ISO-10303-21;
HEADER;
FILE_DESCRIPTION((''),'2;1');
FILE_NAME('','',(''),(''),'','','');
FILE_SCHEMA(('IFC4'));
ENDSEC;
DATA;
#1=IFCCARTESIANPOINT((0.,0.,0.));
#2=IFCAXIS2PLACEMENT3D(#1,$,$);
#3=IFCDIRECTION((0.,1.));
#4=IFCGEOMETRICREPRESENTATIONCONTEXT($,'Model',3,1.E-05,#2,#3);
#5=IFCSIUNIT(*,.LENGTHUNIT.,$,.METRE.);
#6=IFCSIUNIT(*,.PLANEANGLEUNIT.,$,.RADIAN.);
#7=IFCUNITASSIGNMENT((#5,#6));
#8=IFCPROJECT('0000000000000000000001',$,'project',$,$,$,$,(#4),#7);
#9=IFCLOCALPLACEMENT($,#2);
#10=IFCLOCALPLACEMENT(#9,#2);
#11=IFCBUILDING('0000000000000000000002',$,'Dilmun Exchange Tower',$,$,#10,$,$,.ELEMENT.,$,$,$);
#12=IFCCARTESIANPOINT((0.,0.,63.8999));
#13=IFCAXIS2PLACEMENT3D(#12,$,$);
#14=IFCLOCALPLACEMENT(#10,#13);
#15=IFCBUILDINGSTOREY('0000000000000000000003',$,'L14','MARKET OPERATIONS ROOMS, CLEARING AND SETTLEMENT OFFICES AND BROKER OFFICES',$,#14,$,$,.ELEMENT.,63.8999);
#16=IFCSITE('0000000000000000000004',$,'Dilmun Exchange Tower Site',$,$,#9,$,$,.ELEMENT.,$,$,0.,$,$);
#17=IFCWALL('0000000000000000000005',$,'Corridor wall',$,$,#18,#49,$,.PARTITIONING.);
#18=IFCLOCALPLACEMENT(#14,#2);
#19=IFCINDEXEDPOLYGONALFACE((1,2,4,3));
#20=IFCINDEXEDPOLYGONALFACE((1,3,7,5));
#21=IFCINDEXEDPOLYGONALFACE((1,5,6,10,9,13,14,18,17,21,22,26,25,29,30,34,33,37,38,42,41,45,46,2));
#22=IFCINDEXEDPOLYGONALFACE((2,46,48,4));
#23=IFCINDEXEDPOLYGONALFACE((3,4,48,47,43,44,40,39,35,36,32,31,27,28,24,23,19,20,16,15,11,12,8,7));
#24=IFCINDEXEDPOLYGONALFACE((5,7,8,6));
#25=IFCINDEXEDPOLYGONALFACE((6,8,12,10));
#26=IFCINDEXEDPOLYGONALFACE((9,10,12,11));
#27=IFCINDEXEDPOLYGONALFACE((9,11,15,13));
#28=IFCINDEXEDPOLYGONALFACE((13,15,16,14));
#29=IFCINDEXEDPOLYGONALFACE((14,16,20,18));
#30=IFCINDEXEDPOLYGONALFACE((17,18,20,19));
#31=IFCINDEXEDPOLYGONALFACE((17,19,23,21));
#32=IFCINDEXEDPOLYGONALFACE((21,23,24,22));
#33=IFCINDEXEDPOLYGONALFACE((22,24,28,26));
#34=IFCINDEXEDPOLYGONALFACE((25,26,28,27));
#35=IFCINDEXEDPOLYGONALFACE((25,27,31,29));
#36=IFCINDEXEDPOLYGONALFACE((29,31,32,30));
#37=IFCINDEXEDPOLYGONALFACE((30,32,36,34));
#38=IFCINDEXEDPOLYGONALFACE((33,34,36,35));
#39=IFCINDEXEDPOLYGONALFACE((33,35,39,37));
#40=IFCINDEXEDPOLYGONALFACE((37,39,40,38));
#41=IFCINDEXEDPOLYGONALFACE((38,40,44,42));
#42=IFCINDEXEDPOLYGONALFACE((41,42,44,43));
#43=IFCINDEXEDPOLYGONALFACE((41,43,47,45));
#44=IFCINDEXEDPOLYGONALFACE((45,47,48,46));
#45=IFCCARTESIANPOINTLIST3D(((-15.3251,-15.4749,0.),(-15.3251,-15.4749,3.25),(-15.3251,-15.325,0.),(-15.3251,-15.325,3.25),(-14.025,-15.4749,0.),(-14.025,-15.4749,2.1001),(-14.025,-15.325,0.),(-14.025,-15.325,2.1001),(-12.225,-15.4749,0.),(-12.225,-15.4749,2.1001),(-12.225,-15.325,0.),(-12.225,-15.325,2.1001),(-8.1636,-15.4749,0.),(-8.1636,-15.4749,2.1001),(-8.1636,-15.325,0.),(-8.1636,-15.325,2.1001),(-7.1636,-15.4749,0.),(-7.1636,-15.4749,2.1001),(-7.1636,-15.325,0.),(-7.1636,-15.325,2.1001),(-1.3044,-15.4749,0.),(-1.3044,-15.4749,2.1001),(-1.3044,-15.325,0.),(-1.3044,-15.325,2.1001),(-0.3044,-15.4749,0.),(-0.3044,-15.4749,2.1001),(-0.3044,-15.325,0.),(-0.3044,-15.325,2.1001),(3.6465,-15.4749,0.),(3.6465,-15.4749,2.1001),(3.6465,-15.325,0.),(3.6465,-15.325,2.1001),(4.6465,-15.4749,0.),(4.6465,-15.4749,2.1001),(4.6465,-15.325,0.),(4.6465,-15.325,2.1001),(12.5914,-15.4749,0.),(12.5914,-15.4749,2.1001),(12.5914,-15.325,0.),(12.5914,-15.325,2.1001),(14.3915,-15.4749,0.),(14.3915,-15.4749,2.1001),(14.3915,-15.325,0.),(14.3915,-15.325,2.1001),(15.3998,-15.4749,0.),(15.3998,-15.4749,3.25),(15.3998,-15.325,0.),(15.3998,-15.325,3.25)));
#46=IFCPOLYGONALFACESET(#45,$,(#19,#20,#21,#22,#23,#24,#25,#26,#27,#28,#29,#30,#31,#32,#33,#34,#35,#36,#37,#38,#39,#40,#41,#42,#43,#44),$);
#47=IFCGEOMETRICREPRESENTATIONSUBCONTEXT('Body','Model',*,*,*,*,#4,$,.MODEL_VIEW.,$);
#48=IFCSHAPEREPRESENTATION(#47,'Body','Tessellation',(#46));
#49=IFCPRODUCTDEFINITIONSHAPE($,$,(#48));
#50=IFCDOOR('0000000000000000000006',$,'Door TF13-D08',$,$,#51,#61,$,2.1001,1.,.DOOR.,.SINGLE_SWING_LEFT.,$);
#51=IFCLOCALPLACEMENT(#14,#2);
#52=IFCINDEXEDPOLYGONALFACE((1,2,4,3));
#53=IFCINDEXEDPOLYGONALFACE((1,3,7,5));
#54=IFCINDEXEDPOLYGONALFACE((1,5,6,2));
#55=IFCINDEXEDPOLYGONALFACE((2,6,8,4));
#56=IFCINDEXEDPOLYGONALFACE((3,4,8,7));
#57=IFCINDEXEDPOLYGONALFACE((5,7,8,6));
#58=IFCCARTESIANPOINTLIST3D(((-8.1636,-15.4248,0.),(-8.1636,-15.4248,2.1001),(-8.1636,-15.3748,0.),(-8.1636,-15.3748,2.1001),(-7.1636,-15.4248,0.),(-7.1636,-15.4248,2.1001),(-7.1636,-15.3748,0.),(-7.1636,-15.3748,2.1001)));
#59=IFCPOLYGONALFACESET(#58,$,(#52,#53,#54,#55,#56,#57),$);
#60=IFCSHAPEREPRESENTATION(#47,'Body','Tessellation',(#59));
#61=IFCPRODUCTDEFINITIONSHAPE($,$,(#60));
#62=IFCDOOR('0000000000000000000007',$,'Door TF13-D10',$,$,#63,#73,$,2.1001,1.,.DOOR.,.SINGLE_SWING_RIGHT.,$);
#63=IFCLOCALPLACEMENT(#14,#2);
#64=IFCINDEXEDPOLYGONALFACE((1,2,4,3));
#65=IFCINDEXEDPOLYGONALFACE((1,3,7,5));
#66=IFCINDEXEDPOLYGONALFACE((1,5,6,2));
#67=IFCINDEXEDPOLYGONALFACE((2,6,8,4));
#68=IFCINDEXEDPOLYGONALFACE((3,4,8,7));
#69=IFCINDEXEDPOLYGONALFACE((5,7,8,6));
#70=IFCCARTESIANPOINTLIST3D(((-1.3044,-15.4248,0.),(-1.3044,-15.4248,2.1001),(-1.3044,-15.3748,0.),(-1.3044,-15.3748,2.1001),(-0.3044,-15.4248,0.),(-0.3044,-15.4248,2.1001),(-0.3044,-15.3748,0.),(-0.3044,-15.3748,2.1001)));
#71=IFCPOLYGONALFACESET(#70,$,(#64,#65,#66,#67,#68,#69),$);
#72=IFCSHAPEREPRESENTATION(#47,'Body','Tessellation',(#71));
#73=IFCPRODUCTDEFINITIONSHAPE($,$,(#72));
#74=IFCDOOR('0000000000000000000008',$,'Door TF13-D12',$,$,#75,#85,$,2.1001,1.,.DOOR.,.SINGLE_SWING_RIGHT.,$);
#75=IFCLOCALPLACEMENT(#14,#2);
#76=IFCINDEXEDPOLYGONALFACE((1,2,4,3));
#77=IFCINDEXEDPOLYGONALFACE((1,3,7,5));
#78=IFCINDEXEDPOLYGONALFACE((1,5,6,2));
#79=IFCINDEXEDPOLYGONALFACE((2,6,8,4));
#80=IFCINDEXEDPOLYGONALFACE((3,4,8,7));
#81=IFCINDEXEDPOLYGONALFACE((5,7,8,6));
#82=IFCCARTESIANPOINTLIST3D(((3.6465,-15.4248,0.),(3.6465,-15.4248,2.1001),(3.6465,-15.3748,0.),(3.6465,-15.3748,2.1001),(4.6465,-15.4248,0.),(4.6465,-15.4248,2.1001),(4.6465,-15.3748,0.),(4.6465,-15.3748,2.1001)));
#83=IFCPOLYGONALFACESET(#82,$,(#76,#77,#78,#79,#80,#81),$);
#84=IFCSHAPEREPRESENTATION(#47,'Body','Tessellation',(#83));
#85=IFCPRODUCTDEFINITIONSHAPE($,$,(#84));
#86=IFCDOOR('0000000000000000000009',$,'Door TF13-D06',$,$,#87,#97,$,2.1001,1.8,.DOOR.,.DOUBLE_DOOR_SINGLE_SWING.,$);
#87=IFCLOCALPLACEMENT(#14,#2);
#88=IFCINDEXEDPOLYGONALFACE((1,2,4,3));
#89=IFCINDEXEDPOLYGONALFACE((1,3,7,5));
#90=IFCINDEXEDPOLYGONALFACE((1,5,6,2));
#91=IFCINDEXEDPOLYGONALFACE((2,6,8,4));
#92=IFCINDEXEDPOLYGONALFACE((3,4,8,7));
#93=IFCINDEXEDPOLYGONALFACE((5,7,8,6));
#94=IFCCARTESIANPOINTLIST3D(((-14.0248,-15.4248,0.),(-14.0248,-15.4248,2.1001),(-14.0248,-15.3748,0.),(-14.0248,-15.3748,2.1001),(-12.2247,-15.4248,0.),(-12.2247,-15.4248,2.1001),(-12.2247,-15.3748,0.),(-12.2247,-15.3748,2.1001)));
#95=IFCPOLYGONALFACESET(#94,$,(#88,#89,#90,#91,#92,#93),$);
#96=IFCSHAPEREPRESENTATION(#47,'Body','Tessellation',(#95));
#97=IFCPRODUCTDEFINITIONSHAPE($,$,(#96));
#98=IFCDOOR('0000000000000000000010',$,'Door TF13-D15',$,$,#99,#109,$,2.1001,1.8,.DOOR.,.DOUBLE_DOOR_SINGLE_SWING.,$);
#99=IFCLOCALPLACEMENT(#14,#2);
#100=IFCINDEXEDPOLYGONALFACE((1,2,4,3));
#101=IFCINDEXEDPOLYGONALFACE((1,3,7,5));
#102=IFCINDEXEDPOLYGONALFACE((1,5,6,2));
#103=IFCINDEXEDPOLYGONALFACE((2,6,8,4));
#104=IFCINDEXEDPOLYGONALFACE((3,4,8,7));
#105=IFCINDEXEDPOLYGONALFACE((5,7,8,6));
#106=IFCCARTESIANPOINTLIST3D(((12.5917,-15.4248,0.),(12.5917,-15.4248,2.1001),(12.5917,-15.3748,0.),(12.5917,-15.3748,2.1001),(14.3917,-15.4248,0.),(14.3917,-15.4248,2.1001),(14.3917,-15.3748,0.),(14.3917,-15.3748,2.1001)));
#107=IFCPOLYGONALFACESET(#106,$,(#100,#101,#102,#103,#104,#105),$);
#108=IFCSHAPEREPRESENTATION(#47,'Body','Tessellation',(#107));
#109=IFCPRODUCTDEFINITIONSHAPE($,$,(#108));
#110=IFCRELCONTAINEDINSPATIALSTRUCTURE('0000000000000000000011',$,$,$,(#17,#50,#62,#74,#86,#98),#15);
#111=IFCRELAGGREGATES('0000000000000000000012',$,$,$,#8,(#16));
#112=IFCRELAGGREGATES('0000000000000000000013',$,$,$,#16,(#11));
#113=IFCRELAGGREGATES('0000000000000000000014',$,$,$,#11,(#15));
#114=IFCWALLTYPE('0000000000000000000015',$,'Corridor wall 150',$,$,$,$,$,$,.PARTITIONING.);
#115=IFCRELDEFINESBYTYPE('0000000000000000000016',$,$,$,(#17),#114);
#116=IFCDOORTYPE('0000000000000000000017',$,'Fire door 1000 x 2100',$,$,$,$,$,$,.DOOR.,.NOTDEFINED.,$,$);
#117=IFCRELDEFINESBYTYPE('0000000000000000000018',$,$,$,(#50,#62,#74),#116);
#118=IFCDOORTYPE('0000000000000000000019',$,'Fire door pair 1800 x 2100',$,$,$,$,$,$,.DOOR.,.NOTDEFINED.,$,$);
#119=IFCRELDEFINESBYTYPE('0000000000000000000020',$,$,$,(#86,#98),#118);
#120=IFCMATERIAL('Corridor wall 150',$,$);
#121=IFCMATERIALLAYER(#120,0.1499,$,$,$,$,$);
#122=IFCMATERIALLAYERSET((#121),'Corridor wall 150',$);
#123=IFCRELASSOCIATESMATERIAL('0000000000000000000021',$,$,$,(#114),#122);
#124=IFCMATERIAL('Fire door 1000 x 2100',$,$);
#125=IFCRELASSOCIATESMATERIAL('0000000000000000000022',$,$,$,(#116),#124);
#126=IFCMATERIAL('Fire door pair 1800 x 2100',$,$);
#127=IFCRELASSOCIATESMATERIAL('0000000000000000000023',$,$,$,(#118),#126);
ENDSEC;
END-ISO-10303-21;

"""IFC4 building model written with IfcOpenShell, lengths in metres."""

from ifc_helpers import new_model, si_unit, direction, frame, frame_2d, origin, place, context, subcontext, project, spatial, rectangle, extrude, material, layer, layer_set, type_object, element, fill, save


model = new_model("IFC4")

# Units and contexts
model_context = context("Model", 3, precision=1e-05, world=origin(), true_north=direction((0.0, 1.0)))
body_context = subcontext(model_context, "Body", "Model", "MODEL_VIEW")
ifc_project = project(units=[si_unit("LENGTHUNIT", "METRE"), si_unit("PLANEANGLEUNIT", "RADIAN")], contexts=[model_context])

# Site, building, storey
site_placement = place(None, origin())
site = spatial("IfcSite", under=ifc_project, at=site_placement, Name="Dilmun Exchange Tower Site", CompositionType="ELEMENT", RefElevation=0.0)
building_placement = place(site_placement, origin())
building = spatial("IfcBuilding", under=site, at=building_placement, Name="Dilmun Exchange Tower", CompositionType="ELEMENT")
storey_placement = place(building_placement, frame((0.0, 0.0, 63.8999)))
storey = spatial("IfcBuildingStorey", under=building, at=storey_placement, Name="L14", Description="MARKET OPERATIONS ROOMS, CLEARING AND SETTLEMENT OFFICES AND BROKER OFFICES", CompositionType="ELEMENT", Elevation=63.8999)

# Wall, openings, doors
ifc_material_1 = material(Name="Corridor wall 150")
ifc_layer_1 = layer(ifc_material_1, 0.1499)
ifc_layer_set_1 = layer_set([ifc_layer_1], Name="Corridor wall 150")
wall_type_1 = type_object("IfcWallType", Name="Corridor wall 150", PredefinedType="PARTITIONING", material=ifc_layer_set_1)
ifc_material_2 = material(Name="Fire door 1000 x 2100")
door_type_1 = type_object("IfcDoorType", Name="Fire door 1000 x 2100", OperationType="NOTDEFINED", PredefinedType="DOOR", material=ifc_material_2)
ifc_material_3 = material(Name="Fire door pair 1800 x 2100")
door_type_2 = type_object("IfcDoorType", Name="Fire door pair 1800 x 2100", OperationType="NOTDEFINED", PredefinedType="DOOR", material=ifc_material_3)
wall_1_placement = place(storey_placement, frame((-15.325, -15.3999, 0.0), z_axis=(0.0, 0.0, 1.0), x_axis=(1.0, 0.0, 0.0)))
wall_1 = element("IfcWall", 1, at=wall_1_placement, inside=storey, type_object=wall_type_1, Name="Corridor wall", PredefinedType="PARTITIONING", context=body_context, shape_type="SweptSolid", body=[
    extrude(rectangle(XDim=30.7249, YDim=0.1499, at=frame_2d((15.3623, 0.0))), origin(), (0.0, 0.0, 1.0), 3.25),
])
opening_1_placement = place(wall_1_placement, frame((1.3, 0.0, 0.0)))
opening_1 = element("IfcOpeningElement", 2, at=opening_1_placement, cuts=wall_1, PredefinedType="OPENING", context=body_context, shape_type="SweptSolid", body=[
    extrude(rectangle(XDim=1.8, YDim=2.1001, at=frame_2d((0.8999, 1.05))), frame((0.0, 0.085, 0.0), z_axis=(0.0, -1.0, 0.0), x_axis=(1.0, 0.0, 0.0)), (0.0, 0.0, 1.0), 0.1699),
])
opening_2_placement = place(wall_1_placement, frame((7.1614, 0.0, 0.0)))
opening_2 = element("IfcOpeningElement", 3, at=opening_2_placement, cuts=wall_1, PredefinedType="OPENING", context=body_context, shape_type="SweptSolid", body=[
    extrude(rectangle(XDim=1.0, YDim=2.1001, at=frame_2d((0.5, 1.05))), frame((0.0, 0.085, 0.0), z_axis=(0.0, -1.0, 0.0), x_axis=(1.0, 0.0, 0.0)), (0.0, 0.0, 1.0), 0.1699),
])
opening_3_placement = place(wall_1_placement, frame((14.0205, 0.0, 0.0)))
opening_3 = element("IfcOpeningElement", 4, at=opening_3_placement, cuts=wall_1, PredefinedType="OPENING", context=body_context, shape_type="SweptSolid", body=[
    extrude(rectangle(XDim=1.0, YDim=2.1001, at=frame_2d((0.5, 1.05))), frame((0.0, 0.085, 0.0), z_axis=(0.0, -1.0, 0.0), x_axis=(1.0, 0.0, 0.0)), (0.0, 0.0, 1.0), 0.1699),
])
opening_4_placement = place(wall_1_placement, frame((18.9714, 0.0, 0.0)))
opening_4 = element("IfcOpeningElement", 5, at=opening_4_placement, cuts=wall_1, PredefinedType="OPENING", context=body_context, shape_type="SweptSolid", body=[
    extrude(rectangle(XDim=1.0, YDim=2.1001, at=frame_2d((0.5, 1.05))), frame((0.0, 0.085, 0.0), z_axis=(0.0, -1.0, 0.0), x_axis=(1.0, 0.0, 0.0)), (0.0, 0.0, 1.0), 0.1699),
])
opening_5_placement = place(wall_1_placement, frame((27.9165, 0.0, 0.0)))
opening_5 = element("IfcOpeningElement", 6, at=opening_5_placement, cuts=wall_1, PredefinedType="OPENING", context=body_context, shape_type="SweptSolid", body=[
    extrude(rectangle(XDim=1.8, YDim=2.1001, at=frame_2d((0.8999, 1.05))), frame((0.0, 0.085, 0.0), z_axis=(0.0, -1.0, 0.0), x_axis=(1.0, 0.0, 0.0)), (0.0, 0.0, 1.0), 0.1699),
])
door_1_placement = place(opening_2_placement, frame((1.0, 0.0, 0.0), z_axis=(0.0, 0.0, 1.0), x_axis=(-1.0, 0.0, 0.0)))
door_1 = element("IfcDoor", 7, at=door_1_placement, inside=storey, type_object=door_type_1, Name="Door TF13-D08", OperationType="SINGLE_SWING_LEFT", OverallHeight=2.1001, OverallWidth=1.0, PredefinedType="DOOR", context=body_context, shape_type="SweptSolid", body=[
    extrude(rectangle(XDim=1.0, YDim=2.1001, at=frame_2d((0.5, 1.05))), frame((0.0, 0.0249, 0.0), z_axis=(0.0, -1.0, 0.0), x_axis=(1.0, 0.0, 0.0)), (0.0, 0.0, 1.0), 0.05),
])
fill(opening_2, door_1)
door_2_placement = place(opening_3_placement, frame((1.0, 0.0, 0.0), z_axis=(0.0, 0.0, 1.0), x_axis=(-1.0, 0.0, 0.0)))
door_2 = element("IfcDoor", 8, at=door_2_placement, inside=storey, type_object=door_type_1, Name="Door TF13-D10", OperationType="SINGLE_SWING_RIGHT", OverallHeight=2.1001, OverallWidth=1.0, PredefinedType="DOOR", context=body_context, shape_type="SweptSolid", body=[
    extrude(rectangle(XDim=1.0, YDim=2.1001, at=frame_2d((0.5, 1.05))), frame((0.0, 0.0249, 0.0), z_axis=(0.0, -1.0, 0.0), x_axis=(1.0, 0.0, 0.0)), (0.0, 0.0, 1.0), 0.05),
])
fill(opening_3, door_2)
door_3_placement = place(opening_4_placement, frame((1.0, 0.0, 0.0), z_axis=(0.0, 0.0, 1.0), x_axis=(-1.0, 0.0, 0.0)))
door_3 = element("IfcDoor", 9, at=door_3_placement, inside=storey, type_object=door_type_1, Name="Door TF13-D12", OperationType="SINGLE_SWING_RIGHT", OverallHeight=2.1001, OverallWidth=1.0, PredefinedType="DOOR", context=body_context, shape_type="SweptSolid", body=[
    extrude(rectangle(XDim=1.0, YDim=2.1001, at=frame_2d((0.5, 1.05))), frame((0.0, 0.0249, 0.0), z_axis=(0.0, -1.0, 0.0), x_axis=(1.0, 0.0, 0.0)), (0.0, 0.0, 1.0), 0.05),
])
fill(opening_4, door_3)
door_4_placement = place(opening_1_placement, frame((1.8, 0.0, 0.0), z_axis=(0.0, 0.0, 1.0), x_axis=(-1.0, 0.0, 0.0)))
door_4 = element("IfcDoor", 10, at=door_4_placement, inside=storey, type_object=door_type_2, Name="Door TF13-D06", OperationType="DOUBLE_DOOR_SINGLE_SWING", OverallHeight=2.1001, OverallWidth=1.8, PredefinedType="DOOR", context=body_context, shape_type="SweptSolid", body=[
    extrude(rectangle(XDim=1.8, YDim=2.1001, at=frame_2d((0.8999, 1.05))), frame((0.0, 0.0249, 0.0), z_axis=(0.0, -1.0, 0.0), x_axis=(1.0, 0.0, 0.0)), (0.0, 0.0, 1.0), 0.05),
])
fill(opening_1, door_4)
door_5_placement = place(opening_5_placement, frame((1.8, 0.0, 0.0), z_axis=(0.0, 0.0, 1.0), x_axis=(-1.0, 0.0, 0.0)))
door_5 = element("IfcDoor", 11, at=door_5_placement, inside=storey, type_object=door_type_2, Name="Door TF13-D15", OperationType="DOUBLE_DOOR_SINGLE_SWING", OverallHeight=2.1001, OverallWidth=1.8, PredefinedType="DOOR", context=body_context, shape_type="SweptSolid", body=[
    extrude(rectangle(XDim=1.8, YDim=2.1001, at=frame_2d((0.8999, 1.05))), frame((0.0, 0.0249, 0.0), z_axis=(0.0, -1.0, 0.0), x_axis=(1.0, 0.0, 0.0)), (0.0, 0.0, 1.0), 0.05),
])
fill(opening_5, door_5)

save(model, "model.ifc")
